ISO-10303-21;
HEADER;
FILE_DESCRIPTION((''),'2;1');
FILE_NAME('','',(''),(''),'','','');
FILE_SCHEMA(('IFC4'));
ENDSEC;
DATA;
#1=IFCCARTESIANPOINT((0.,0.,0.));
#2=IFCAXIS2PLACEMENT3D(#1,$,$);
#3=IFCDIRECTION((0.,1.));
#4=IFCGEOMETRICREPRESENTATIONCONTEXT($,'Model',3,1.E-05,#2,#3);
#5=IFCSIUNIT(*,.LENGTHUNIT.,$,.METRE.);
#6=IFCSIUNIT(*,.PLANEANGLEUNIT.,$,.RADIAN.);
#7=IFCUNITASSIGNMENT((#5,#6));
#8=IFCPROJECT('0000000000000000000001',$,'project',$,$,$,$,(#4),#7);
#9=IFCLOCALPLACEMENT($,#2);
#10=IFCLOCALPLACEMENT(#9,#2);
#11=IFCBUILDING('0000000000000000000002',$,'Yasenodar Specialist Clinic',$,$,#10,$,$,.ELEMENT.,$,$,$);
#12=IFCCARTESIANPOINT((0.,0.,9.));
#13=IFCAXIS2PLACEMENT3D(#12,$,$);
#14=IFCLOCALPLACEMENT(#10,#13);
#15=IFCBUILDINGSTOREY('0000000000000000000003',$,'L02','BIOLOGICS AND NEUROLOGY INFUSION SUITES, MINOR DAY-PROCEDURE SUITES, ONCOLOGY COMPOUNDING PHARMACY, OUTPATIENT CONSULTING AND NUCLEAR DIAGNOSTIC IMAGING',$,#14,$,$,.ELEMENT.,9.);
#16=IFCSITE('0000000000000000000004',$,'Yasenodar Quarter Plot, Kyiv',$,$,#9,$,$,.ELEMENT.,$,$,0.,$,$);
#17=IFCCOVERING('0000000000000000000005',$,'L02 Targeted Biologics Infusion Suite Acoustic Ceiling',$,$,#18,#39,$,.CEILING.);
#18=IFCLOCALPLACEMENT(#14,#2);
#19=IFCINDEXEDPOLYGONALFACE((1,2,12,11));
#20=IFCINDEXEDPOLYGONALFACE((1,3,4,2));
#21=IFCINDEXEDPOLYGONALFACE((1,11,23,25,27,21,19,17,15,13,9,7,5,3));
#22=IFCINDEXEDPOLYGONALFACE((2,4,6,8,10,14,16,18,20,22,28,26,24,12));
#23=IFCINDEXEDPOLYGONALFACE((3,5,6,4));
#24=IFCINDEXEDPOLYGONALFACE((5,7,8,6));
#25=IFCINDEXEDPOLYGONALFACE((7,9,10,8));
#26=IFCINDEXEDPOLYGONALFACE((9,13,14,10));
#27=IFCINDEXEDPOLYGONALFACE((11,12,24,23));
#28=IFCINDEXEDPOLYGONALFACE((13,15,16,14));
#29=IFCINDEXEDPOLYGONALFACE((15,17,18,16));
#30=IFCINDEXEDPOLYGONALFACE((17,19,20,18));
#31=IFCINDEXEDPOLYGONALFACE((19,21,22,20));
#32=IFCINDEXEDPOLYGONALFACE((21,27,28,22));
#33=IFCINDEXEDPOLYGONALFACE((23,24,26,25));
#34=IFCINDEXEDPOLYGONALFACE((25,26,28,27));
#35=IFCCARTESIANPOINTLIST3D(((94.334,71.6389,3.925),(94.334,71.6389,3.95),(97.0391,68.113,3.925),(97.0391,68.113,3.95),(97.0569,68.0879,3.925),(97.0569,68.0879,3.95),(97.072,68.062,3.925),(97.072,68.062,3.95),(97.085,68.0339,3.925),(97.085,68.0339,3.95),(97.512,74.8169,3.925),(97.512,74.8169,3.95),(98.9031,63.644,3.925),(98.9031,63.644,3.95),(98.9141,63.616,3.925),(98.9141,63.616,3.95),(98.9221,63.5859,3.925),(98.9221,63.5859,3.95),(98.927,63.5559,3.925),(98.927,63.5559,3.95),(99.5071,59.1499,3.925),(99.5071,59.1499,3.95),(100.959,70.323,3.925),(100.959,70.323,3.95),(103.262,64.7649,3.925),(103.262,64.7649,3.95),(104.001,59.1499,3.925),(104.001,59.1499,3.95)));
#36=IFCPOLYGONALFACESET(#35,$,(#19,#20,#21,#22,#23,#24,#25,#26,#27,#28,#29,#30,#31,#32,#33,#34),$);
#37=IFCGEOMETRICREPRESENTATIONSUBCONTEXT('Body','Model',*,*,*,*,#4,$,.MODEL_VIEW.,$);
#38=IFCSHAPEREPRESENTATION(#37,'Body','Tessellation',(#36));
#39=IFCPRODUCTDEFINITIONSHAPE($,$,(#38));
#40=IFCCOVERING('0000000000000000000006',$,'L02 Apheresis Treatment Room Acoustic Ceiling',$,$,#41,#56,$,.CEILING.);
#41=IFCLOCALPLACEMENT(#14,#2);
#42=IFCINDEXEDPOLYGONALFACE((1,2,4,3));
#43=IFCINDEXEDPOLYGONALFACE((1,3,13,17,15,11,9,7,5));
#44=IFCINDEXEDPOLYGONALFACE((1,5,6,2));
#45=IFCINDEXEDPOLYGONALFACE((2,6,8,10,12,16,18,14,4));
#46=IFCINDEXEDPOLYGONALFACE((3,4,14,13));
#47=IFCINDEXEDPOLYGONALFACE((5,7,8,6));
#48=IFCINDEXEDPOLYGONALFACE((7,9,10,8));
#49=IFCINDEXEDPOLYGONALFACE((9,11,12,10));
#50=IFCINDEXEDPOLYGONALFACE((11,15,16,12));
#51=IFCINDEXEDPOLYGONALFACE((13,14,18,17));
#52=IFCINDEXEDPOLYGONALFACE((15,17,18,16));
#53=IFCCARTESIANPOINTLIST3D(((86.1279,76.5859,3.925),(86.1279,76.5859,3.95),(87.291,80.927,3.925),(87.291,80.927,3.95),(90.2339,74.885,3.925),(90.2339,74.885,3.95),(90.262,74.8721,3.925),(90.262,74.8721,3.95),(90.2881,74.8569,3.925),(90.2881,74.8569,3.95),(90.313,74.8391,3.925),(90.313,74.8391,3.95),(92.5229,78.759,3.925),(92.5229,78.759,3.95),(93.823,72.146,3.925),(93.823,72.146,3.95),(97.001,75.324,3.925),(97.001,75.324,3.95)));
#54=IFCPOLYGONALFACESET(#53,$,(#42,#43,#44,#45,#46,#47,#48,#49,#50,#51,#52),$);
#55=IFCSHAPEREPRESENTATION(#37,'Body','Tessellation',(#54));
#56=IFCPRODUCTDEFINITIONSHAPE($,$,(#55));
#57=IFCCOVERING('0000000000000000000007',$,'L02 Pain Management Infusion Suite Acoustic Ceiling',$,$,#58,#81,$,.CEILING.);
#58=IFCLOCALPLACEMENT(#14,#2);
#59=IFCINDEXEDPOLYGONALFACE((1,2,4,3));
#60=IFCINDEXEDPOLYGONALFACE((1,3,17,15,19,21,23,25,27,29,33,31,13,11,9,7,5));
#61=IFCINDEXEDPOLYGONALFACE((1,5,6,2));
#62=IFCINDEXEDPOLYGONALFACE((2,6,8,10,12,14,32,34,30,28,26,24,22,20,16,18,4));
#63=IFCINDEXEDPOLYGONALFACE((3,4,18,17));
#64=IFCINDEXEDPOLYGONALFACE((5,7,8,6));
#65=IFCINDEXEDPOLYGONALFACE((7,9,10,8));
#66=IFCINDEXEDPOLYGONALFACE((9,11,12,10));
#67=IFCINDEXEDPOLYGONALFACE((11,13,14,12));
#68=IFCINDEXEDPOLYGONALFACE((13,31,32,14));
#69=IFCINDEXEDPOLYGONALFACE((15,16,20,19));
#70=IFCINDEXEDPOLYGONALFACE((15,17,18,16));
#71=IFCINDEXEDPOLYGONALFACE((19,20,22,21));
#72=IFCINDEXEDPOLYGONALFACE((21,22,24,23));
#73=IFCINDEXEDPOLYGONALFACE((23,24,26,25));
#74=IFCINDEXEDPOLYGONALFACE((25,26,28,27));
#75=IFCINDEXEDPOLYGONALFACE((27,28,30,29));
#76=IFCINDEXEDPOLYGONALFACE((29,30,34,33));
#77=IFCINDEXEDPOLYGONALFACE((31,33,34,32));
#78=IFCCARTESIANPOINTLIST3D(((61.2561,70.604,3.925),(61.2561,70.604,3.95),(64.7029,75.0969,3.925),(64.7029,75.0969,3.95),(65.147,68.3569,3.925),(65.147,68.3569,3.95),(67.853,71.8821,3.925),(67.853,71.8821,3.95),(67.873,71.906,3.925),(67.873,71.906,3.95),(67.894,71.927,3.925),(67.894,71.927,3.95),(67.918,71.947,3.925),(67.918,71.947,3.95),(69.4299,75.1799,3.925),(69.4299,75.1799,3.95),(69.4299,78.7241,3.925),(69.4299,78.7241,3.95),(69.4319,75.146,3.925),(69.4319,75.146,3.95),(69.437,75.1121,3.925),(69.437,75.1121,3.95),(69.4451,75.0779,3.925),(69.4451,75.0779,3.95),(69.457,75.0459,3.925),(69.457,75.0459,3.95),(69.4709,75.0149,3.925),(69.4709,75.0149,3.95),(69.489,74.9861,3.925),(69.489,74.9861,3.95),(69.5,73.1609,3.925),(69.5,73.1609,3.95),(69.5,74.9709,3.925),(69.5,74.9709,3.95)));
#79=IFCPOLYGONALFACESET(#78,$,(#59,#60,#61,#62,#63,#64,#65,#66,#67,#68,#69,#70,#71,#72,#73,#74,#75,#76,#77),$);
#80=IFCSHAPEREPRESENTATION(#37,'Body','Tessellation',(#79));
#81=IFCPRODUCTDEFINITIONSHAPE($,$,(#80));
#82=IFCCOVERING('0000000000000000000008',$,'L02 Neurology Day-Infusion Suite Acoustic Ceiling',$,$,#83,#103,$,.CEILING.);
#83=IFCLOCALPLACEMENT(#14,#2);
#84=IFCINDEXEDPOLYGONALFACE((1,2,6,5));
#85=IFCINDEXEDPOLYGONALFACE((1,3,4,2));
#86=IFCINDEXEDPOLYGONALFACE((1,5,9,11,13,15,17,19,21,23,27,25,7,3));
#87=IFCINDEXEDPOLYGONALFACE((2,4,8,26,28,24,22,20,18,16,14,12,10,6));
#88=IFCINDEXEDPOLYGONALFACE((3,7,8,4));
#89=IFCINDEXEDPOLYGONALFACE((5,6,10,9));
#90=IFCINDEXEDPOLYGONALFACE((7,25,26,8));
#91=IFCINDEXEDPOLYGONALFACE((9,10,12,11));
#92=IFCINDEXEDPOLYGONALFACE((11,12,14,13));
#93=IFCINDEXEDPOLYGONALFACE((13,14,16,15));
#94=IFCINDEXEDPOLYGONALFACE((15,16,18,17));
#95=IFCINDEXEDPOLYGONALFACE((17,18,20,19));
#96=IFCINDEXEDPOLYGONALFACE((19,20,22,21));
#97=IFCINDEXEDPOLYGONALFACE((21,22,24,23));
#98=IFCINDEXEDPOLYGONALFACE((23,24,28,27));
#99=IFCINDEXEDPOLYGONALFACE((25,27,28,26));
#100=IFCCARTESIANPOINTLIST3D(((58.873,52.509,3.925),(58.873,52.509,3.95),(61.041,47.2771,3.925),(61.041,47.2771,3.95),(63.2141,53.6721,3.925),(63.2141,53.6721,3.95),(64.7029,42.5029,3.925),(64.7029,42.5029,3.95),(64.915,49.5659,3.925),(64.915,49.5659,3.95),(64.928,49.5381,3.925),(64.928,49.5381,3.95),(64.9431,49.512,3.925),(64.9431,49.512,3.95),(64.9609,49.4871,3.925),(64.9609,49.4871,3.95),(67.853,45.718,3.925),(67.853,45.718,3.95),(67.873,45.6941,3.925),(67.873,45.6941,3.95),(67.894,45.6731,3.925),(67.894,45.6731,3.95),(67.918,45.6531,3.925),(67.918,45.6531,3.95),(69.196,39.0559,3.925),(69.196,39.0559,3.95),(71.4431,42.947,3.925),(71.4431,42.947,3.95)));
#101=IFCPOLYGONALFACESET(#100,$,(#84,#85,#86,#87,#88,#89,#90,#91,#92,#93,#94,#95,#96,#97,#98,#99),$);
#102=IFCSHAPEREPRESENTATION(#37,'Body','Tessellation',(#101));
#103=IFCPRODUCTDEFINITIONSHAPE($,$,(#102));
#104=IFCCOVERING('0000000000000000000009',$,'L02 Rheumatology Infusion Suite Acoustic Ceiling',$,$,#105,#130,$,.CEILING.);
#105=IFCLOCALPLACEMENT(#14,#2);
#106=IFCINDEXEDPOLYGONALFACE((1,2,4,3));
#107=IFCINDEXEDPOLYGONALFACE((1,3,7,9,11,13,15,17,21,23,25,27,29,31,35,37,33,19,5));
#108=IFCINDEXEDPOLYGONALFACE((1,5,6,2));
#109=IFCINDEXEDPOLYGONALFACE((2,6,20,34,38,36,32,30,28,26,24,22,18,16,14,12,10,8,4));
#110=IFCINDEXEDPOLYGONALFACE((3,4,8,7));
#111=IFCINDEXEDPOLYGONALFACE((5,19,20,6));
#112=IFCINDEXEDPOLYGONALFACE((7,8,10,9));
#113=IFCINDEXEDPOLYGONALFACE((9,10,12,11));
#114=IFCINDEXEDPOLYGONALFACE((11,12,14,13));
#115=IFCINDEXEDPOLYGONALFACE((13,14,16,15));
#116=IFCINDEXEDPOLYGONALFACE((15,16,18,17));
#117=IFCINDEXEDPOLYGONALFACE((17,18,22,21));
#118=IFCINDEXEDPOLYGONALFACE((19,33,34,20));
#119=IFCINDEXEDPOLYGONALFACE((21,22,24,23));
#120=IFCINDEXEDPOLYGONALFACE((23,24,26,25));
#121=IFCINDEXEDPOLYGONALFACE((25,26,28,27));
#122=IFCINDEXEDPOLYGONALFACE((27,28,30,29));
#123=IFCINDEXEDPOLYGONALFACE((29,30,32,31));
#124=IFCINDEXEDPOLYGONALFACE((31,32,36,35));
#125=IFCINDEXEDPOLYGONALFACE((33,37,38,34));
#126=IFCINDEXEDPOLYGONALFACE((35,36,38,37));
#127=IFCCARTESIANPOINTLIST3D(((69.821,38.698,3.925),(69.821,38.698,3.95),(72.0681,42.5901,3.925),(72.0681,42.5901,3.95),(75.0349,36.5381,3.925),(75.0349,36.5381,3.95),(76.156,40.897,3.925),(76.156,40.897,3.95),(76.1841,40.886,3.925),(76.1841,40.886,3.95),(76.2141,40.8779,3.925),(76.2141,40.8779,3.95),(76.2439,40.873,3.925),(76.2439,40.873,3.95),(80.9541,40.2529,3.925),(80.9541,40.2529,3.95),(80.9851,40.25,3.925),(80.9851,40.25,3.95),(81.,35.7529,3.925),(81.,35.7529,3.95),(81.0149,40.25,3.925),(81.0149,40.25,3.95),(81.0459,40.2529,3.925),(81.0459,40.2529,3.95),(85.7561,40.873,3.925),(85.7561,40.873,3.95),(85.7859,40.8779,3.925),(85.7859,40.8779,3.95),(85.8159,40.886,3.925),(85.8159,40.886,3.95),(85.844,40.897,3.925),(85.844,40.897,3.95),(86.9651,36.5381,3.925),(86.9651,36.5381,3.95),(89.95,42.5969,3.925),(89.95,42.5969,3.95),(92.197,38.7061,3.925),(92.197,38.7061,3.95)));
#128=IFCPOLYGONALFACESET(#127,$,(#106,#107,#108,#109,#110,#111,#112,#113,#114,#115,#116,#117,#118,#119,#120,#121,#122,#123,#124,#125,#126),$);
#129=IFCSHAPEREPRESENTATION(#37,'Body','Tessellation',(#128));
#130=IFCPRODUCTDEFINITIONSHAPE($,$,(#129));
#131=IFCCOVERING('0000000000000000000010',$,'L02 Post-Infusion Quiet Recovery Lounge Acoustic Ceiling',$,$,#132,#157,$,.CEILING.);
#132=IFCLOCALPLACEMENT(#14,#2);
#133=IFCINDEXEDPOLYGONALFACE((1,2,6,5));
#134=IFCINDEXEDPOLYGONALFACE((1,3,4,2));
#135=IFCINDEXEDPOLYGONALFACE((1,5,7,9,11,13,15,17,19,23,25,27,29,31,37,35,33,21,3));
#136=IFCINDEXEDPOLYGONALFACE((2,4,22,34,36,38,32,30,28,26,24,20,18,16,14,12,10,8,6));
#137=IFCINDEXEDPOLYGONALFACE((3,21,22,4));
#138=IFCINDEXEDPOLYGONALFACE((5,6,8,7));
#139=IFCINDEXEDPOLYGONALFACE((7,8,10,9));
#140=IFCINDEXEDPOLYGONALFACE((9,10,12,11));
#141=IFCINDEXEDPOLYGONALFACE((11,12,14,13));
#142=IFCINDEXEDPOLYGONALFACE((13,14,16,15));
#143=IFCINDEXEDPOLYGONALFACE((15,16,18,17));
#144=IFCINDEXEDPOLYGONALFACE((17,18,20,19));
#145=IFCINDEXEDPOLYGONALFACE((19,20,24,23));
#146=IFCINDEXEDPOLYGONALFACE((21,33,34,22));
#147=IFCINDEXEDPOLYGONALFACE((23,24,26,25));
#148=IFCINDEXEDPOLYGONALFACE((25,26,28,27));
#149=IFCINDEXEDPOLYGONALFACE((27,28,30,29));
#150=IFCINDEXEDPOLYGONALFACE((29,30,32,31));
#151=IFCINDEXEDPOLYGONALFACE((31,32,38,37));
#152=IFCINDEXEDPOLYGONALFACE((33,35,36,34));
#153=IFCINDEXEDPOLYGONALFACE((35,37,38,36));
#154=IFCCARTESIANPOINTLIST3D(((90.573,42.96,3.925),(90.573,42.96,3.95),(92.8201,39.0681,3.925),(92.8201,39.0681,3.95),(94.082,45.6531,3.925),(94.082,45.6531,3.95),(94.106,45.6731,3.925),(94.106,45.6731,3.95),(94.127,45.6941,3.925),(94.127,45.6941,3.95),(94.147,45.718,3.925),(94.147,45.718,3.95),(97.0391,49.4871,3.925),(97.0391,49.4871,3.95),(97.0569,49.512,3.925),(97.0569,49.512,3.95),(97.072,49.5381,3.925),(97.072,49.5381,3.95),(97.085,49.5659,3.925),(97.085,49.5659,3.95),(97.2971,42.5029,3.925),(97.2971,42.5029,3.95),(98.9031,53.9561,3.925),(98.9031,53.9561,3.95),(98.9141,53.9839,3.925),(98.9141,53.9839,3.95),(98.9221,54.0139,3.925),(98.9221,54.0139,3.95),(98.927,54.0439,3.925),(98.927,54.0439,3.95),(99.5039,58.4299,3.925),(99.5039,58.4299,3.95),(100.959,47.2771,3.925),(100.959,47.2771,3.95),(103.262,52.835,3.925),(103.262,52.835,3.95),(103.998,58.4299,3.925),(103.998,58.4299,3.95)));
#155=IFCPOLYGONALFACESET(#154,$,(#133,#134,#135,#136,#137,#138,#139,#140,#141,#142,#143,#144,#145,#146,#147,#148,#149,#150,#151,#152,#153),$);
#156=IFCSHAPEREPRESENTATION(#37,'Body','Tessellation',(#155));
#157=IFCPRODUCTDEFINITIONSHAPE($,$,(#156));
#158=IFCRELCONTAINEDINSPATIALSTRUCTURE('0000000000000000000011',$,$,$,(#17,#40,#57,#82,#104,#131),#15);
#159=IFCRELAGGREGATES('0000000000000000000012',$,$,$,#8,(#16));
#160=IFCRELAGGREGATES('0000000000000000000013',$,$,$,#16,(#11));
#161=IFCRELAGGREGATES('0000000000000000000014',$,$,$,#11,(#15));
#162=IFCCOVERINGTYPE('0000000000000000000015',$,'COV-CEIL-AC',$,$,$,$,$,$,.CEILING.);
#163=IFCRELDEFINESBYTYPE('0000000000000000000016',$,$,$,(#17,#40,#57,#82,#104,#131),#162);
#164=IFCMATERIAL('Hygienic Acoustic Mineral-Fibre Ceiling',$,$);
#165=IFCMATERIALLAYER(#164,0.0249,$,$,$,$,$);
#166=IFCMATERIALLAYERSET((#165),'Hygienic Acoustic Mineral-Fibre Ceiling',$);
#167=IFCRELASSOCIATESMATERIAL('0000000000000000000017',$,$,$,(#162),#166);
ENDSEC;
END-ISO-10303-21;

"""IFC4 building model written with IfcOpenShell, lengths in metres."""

from ifc_helpers import new_model, si_unit, direction, frame, origin, place, context, subcontext, project, spatial, polyline, outline, extrude, material, layer, layer_set, type_object, element, save


model = new_model("IFC4")

# Units and contexts
model_context = context("Model", 3, precision=1e-05, world=origin(), true_north=direction((0.0, 1.0)))
body_context = subcontext(model_context, "Body", "Model", "MODEL_VIEW")
ifc_project = project(units=[si_unit("LENGTHUNIT", "METRE"), si_unit("PLANEANGLEUNIT", "RADIAN")], contexts=[model_context])

# Site, building, storey
site_placement = place(None, origin())
site = spatial("IfcSite", under=ifc_project, at=site_placement, Name="Yasenodar Quarter Plot, Kyiv", CompositionType="ELEMENT", RefElevation=0.0)
building_placement = place(site_placement, origin())
building = spatial("IfcBuilding", under=site, at=building_placement, Name="Yasenodar Specialist Clinic", CompositionType="ELEMENT")
storey_placement = place(building_placement, frame((0.0, 0.0, 9.0)))
storey = spatial("IfcBuildingStorey", under=building, at=storey_placement, Name="L02", Description="BIOLOGICS AND NEUROLOGY INFUSION SUITES, MINOR DAY-PROCEDURE SUITES, ONCOLOGY COMPOUNDING PHARMACY, OUTPATIENT CONSULTING AND NUCLEAR DIAGNOSTIC IMAGING", CompositionType="ELEMENT", Elevation=9.0)

# Coverings
ifc_material_1 = material(Name="Hygienic Acoustic Mineral-Fibre Ceiling")
ifc_layer_1 = layer(ifc_material_1, 0.0249)
ifc_layer_set_1 = layer_set([ifc_layer_1], Name="Hygienic Acoustic Mineral-Fibre Ceiling")
covering_type_1 = type_object("IfcCoveringType", Name="COV-CEIL-AC", PredefinedType="CEILING", material=ifc_layer_set_1)
covering_1_placement = place(storey_placement, frame((0.0, 0.0, 3.925)))
element("IfcCovering", 1, at=covering_1_placement, inside=storey, type_object=covering_type_1, Name="L02 Targeted Biologics Infusion Suite Acoustic Ceiling", PredefinedType="CEILING", context=body_context, shape_type="SweptSolid", body=[
    extrude(outline(polyline([(98.9221, 63.5859), (98.9141, 63.616), (98.9031, 63.644), (97.085, 68.0339), (97.072, 68.062), (97.0569, 68.0879), (97.0391, 68.113), (94.334, 71.6389), (97.512, 74.8169), (100.959, 70.323), (103.262, 64.7649), (104.001, 59.1499), (99.5071, 59.1499), (98.927, 63.5559), (98.9221, 63.5859)])), origin(), (0.0, 0.0, 1.0), 0.0249),
])
covering_2_placement = place(storey_placement, frame((0.0, 0.0, 3.925)))
element("IfcCovering", 2, at=covering_2_placement, inside=storey, type_object=covering_type_1, Name="L02 Apheresis Treatment Room Acoustic Ceiling", PredefinedType="CEILING", context=body_context, shape_type="SweptSolid", body=[
    extrude(outline(polyline([(90.262, 74.8721), (90.2339, 74.885), (86.1279, 76.5859), (87.291, 80.927), (92.5229, 78.759), (97.001, 75.324), (93.823, 72.146), (90.313, 74.8391), (90.2881, 74.8569), (90.262, 74.8721)])), origin(), (0.0, 0.0, 1.0), 0.0249),
])
covering_3_placement = place(storey_placement, frame((0.0, 0.0, 3.925)))
element("IfcCovering", 3, at=covering_3_placement, inside=storey, type_object=covering_type_1, Name="L02 Pain Management Infusion Suite Acoustic Ceiling", PredefinedType="CEILING", context=body_context, shape_type="SweptSolid", body=[
    extrude(outline(polyline([(67.873, 71.906), (67.853, 71.8821), (65.147, 68.3569), (61.2561, 70.604), (64.7029, 75.0969), (69.4299, 78.7241), (69.4299, 75.1799), (69.4319, 75.146), (69.437, 75.1121), (69.4451, 75.0779), (69.457, 75.0459), (69.4709, 75.0149), (69.489, 74.9861), (69.5, 74.9709), (69.5, 73.1609), (67.918, 71.947), (67.894, 71.927), (67.873, 71.906)])), origin(), (0.0, 0.0, 1.0), 0.0249),
])
covering_4_placement = place(storey_placement, frame((0.0, 0.0, 3.925)))
element("IfcCovering", 4, at=covering_4_placement, inside=storey, type_object=covering_type_1, Name="L02 Neurology Day-Infusion Suite Acoustic Ceiling", PredefinedType="CEILING", context=body_context, shape_type="SweptSolid", body=[
    extrude(outline(polyline([(64.928, 49.5381), (64.9431, 49.512), (64.9609, 49.4871), (67.853, 45.718), (67.873, 45.6941), (67.894, 45.6731), (67.918, 45.6531), (71.4431, 42.947), (69.196, 39.0559), (64.7029, 42.5029), (61.041, 47.2771), (58.873, 52.509), (63.2141, 53.6721), (64.915, 49.5659), (64.928, 49.5381)])), origin(), (0.0, 0.0, 1.0), 0.0249),
])
covering_5_placement = place(storey_placement, frame((0.0, 0.0, 3.925)))
element("IfcCovering", 5, at=covering_5_placement, inside=storey, type_object=covering_type_1, Name="L02 Rheumatology Infusion Suite Acoustic Ceiling", PredefinedType="CEILING", context=body_context, shape_type="SweptSolid", body=[
    extrude(outline(polyline([(76.2141, 40.8779), (76.2439, 40.873), (80.9541, 40.2529), (80.9851, 40.25), (81.0149, 40.25), (81.0459, 40.2529), (85.7561, 40.873), (85.7859, 40.8779), (85.8159, 40.886), (85.844, 40.897), (89.95, 42.5969), (92.197, 38.7061), (86.9651, 36.5381), (81.0, 35.7529), (75.0349, 36.5381), (69.821, 38.698), (72.0681, 42.5901), (76.156, 40.897), (76.1841, 40.886), (76.2141, 40.8779)])), origin(), (0.0, 0.0, 1.0), 0.0249),
])
covering_6_placement = place(storey_placement, frame((0.0, 0.0, 3.925)))
element("IfcCovering", 6, at=covering_6_placement, inside=storey, type_object=covering_type_1, Name="L02 Post-Infusion Quiet Recovery Lounge Acoustic Ceiling", PredefinedType="CEILING", context=body_context, shape_type="SweptSolid", body=[
    extrude(outline(polyline([(97.2971, 42.5029), (92.8201, 39.0681), (90.573, 42.96), (94.082, 45.6531), (94.106, 45.6731), (94.127, 45.6941), (94.147, 45.718), (97.0391, 49.4871), (97.0569, 49.512), (97.072, 49.5381), (97.085, 49.5659), (98.9031, 53.9561), (98.9141, 53.9839), (98.9221, 54.0139), (98.927, 54.0439), (99.5039, 58.4299), (103.998, 58.4299), (103.262, 52.835), (100.959, 47.2771), (97.2971, 42.5029)])), origin(), (0.0, 0.0, 1.0), 0.0249),
])

save(model, "model.ifc")
